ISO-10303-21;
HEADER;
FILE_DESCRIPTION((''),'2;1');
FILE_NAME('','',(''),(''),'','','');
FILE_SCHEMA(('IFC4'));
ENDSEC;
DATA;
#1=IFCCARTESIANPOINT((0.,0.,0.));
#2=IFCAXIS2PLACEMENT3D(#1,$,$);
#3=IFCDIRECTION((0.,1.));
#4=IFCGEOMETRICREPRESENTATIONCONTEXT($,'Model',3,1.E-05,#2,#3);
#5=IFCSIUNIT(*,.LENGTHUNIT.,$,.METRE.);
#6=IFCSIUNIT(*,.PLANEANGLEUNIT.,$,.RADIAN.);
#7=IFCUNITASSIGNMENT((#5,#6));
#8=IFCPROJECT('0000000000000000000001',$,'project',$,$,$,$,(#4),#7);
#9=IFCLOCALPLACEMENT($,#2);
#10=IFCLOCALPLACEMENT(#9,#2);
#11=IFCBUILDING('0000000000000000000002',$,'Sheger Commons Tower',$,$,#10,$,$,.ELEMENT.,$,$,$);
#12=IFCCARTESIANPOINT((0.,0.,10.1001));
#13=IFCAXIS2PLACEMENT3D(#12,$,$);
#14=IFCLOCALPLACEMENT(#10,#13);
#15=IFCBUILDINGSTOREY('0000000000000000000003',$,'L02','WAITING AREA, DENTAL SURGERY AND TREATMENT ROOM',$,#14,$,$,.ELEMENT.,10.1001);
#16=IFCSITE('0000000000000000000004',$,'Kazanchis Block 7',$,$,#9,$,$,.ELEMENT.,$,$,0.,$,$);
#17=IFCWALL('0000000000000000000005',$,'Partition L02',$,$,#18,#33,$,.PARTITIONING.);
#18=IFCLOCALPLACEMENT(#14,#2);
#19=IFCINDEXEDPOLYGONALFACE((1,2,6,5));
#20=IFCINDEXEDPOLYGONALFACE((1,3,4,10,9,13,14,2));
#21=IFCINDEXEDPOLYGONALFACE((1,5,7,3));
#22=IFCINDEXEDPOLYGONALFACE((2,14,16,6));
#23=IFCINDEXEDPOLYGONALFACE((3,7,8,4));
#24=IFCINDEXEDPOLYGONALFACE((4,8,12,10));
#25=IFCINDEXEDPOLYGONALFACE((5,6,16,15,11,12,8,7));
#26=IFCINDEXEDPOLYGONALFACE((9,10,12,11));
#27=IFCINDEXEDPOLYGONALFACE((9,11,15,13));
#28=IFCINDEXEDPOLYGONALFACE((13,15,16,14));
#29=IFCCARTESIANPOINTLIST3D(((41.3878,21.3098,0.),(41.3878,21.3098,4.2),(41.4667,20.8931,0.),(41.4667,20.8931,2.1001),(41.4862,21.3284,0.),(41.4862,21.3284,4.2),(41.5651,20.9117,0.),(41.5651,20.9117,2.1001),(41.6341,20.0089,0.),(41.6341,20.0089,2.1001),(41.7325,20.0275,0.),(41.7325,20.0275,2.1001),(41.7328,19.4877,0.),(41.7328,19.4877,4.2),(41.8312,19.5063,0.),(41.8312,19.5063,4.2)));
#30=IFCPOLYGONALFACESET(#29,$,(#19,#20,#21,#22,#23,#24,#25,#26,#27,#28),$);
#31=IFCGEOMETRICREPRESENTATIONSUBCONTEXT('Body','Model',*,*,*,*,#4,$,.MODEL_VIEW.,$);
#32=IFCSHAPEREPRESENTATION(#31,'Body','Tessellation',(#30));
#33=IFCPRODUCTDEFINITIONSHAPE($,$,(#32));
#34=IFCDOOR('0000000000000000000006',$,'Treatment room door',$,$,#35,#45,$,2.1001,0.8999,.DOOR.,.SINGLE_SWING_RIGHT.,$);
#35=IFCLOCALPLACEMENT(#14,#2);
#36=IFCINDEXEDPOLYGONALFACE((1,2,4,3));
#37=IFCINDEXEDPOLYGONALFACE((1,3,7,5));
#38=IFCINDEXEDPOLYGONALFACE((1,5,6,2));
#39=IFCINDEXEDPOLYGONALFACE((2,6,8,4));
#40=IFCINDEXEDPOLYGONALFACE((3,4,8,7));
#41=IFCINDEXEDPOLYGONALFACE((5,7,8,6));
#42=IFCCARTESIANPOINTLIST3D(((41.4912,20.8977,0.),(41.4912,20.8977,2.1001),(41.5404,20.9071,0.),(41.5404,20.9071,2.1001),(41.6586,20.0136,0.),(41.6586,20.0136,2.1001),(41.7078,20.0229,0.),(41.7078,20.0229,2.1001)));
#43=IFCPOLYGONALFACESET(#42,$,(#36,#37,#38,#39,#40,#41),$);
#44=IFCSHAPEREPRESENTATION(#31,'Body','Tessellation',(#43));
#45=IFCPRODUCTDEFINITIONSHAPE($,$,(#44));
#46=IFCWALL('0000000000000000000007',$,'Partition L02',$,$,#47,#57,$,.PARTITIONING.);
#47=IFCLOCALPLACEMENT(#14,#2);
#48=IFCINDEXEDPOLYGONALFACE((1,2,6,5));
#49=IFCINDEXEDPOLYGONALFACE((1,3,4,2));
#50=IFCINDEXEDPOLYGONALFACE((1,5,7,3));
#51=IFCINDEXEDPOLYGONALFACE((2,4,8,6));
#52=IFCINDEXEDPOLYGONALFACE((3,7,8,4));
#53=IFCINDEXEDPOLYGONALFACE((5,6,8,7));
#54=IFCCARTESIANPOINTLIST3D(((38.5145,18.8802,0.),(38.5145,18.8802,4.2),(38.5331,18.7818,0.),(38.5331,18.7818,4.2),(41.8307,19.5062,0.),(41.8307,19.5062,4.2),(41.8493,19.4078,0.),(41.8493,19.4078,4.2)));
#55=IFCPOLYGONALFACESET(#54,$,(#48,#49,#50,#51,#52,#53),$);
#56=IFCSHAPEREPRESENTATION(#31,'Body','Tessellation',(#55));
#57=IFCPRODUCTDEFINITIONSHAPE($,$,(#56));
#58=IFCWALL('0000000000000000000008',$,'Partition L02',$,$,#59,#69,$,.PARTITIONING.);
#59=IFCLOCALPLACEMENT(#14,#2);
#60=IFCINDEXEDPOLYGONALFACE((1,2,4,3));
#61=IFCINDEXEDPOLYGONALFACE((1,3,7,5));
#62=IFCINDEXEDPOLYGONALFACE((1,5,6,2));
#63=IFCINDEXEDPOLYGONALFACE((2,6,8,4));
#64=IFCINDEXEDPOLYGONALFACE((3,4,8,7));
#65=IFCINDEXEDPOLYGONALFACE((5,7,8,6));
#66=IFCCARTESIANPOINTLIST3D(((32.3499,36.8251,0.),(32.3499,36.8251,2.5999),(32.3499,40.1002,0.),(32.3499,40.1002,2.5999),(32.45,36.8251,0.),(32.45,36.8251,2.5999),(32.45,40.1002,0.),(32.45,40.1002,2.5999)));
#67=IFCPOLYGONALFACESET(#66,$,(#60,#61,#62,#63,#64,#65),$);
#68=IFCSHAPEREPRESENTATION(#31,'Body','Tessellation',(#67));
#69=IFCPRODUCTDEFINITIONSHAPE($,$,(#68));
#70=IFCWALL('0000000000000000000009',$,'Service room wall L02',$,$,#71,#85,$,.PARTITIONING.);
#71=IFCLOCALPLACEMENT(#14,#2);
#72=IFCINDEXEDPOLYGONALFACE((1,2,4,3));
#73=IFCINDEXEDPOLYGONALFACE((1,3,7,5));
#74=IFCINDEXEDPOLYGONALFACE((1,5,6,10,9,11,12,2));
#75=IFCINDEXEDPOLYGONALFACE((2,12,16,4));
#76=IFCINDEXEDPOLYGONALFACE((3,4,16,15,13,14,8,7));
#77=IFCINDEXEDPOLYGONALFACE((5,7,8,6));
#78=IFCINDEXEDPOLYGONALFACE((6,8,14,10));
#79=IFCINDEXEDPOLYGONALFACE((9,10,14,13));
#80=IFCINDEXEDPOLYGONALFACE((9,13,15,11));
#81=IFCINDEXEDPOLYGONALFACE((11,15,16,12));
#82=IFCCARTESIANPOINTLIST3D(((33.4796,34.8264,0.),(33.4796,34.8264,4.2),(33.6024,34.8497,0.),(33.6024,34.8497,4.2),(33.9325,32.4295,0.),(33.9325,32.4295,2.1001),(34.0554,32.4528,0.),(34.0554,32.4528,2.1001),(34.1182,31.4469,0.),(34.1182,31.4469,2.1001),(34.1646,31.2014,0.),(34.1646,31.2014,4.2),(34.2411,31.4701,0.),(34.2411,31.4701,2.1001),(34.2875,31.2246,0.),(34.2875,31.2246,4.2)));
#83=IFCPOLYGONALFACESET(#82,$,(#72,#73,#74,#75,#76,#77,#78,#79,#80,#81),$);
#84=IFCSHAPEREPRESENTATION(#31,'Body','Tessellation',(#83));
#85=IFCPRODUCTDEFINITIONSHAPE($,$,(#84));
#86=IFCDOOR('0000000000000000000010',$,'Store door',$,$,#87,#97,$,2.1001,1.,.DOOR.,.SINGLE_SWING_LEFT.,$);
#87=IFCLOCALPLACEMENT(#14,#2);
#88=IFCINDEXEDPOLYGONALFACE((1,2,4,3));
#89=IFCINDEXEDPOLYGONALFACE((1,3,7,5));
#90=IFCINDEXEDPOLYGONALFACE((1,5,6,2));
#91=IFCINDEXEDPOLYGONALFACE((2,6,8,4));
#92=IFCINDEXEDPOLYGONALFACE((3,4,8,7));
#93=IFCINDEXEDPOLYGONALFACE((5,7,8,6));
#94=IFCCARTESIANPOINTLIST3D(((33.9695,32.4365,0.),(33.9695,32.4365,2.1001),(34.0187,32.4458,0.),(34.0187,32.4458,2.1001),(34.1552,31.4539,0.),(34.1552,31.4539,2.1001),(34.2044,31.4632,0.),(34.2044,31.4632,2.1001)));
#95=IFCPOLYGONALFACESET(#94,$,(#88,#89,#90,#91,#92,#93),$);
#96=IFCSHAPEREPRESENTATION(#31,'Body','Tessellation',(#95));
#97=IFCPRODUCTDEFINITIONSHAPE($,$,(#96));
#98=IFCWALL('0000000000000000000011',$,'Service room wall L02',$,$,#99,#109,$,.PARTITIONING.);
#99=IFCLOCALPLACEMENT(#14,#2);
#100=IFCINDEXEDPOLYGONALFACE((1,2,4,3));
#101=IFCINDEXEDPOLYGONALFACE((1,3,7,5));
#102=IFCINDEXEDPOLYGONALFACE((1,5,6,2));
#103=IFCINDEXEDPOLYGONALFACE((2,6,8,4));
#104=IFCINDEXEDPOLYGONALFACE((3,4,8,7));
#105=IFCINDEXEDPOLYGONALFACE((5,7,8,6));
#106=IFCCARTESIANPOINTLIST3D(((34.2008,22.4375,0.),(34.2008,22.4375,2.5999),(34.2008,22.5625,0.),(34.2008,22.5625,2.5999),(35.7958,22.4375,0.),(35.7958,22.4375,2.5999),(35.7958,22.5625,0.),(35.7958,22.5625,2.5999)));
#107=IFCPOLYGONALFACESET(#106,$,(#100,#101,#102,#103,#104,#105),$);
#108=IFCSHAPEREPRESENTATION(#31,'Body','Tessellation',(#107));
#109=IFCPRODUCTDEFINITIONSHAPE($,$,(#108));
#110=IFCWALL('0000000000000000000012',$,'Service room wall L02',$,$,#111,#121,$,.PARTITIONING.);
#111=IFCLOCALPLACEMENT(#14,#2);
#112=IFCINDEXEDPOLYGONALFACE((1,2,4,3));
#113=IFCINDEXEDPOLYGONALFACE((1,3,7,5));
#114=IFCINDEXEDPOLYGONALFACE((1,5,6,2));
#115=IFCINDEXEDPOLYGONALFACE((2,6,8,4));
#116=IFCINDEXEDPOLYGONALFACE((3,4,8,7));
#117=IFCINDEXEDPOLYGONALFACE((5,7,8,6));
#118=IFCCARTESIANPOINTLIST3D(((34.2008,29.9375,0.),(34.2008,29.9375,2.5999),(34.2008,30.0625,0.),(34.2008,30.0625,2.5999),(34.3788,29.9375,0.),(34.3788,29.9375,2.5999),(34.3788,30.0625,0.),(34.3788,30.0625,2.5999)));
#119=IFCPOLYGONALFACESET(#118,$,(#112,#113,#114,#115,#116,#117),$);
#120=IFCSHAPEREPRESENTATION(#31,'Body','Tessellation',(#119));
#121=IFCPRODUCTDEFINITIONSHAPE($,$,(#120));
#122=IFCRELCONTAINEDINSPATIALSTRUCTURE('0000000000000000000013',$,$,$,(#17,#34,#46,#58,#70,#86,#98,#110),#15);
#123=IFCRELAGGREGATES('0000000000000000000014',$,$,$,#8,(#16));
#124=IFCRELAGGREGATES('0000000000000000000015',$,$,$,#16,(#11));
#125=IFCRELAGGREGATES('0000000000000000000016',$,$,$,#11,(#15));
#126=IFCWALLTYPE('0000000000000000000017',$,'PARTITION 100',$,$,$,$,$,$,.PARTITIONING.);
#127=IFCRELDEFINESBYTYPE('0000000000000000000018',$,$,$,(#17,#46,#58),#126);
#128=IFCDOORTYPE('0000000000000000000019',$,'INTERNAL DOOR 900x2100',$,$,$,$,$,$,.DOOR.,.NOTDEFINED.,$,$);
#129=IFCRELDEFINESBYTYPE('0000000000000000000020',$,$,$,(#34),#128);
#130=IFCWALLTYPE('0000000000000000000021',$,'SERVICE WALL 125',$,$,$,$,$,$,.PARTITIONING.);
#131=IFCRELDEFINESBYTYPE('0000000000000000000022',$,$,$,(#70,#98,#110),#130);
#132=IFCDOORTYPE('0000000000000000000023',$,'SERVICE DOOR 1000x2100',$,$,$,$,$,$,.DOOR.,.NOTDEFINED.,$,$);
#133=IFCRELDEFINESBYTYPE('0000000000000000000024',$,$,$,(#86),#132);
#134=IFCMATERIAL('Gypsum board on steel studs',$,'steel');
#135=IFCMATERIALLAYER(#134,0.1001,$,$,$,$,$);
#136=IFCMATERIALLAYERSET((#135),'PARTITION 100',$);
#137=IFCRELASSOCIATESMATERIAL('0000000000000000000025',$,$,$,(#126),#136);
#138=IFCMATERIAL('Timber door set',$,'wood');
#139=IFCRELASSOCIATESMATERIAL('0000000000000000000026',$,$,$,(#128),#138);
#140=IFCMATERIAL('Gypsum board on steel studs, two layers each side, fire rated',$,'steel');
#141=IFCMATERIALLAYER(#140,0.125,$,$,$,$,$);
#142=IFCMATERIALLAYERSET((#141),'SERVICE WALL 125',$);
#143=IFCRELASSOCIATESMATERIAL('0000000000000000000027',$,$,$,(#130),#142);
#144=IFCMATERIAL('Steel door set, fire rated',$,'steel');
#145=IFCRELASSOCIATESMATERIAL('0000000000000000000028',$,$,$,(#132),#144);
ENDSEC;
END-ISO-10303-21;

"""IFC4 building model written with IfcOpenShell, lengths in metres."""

from ifc_helpers import new_model, si_unit, direction, frame, frame_2d, origin, place, context, subcontext, project, spatial, rectangle, extrude, material, layer, layer_set, type_object, element, fill, save


model = new_model("IFC4")

# Units and contexts
model_context = context("Model", 3, precision=1e-05, world=origin(), true_north=direction((0.0, 1.0)))
body_context = subcontext(model_context, "Body", "Model", "MODEL_VIEW")
ifc_project = project(units=[si_unit("LENGTHUNIT", "METRE"), si_unit("PLANEANGLEUNIT", "RADIAN")], contexts=[model_context])

# Site, building, storey
site_placement = place(None, origin())
site = spatial("IfcSite", under=ifc_project, at=site_placement, Name="Kazanchis Block 7", CompositionType="ELEMENT", RefElevation=0.0)
building_placement = place(site_placement, origin())
building = spatial("IfcBuilding", under=site, at=building_placement, Name="Sheger Commons Tower", CompositionType="ELEMENT")
storey_placement = place(building_placement, frame((0.0, 0.0, 10.1001)))
storey = spatial("IfcBuildingStorey", under=building, at=storey_placement, Name="L02", Description="WAITING AREA, DENTAL SURGERY AND TREATMENT ROOM", CompositionType="ELEMENT", Elevation=10.1001)

# Shared definitions
ifc_material_1 = material(Name="Gypsum board on steel studs", Category="steel")
ifc_layer_1 = layer(ifc_material_1, 0.1001)
ifc_layer_set_1 = layer_set([ifc_layer_1], Name="PARTITION 100")
wall_type_1 = type_object("IfcWallType", Name="PARTITION 100", PredefinedType="PARTITIONING", material=ifc_layer_set_1)

# Wall, opening, door
wall_1_placement = place(storey_placement, frame((41.437, 21.3191, 0.0), z_axis=(0.0, 0.0, 1.0), x_axis=(0.186029, -0.982544, 0.0)))
wall_1 = element("IfcWall", 1, at=wall_1_placement, inside=storey, type_object=wall_type_1, Name="Partition L02", PredefinedType="PARTITIONING", context=body_context, shape_type="SweptSolid", body=[
    extrude(rectangle(XDim=1.8545, YDim=0.1001, at=frame_2d((0.9272, 0.0))), origin(), (0.0, 0.0, 1.0), 4.2),
])
opening_1_placement = place(wall_1_placement, frame((0.4241, 0.0, 0.0)))
opening_1 = element("IfcOpeningElement", 2, at=opening_1_placement, cuts=wall_1, PredefinedType="OPENING", context=body_context, shape_type="SweptSolid", body=[
    extrude(rectangle(XDim=0.8999, YDim=2.1001, at=frame_2d((0.45, 1.05))), frame((0.0, 0.0601, 0.0), z_axis=(0.0, -1.0, 0.0), x_axis=(1.0, 0.0, 0.0)), (0.0, 0.0, 1.0), 0.1201),
])
ifc_material_2 = material(Name="Timber door set", Category="wood")
door_type_1 = type_object("IfcDoorType", Name="INTERNAL DOOR 900x2100", OperationType="NOTDEFINED", PredefinedType="DOOR", material=ifc_material_2)
door_1_placement = place(opening_1_placement, origin())
door_1 = element("IfcDoor", 3, at=door_1_placement, inside=storey, type_object=door_type_1, Name="Treatment room door", OperationType="SINGLE_SWING_RIGHT", OverallHeight=2.1001, OverallWidth=0.8999, PredefinedType="DOOR", context=body_context, shape_type="SweptSolid", body=[
    extrude(rectangle(XDim=0.8999, YDim=2.1001, at=frame_2d((0.45, 1.05))), frame((0.0, 0.0249, 0.0), z_axis=(0.0, -1.0, 0.0), x_axis=(1.0, 0.0, 0.0)), (0.0, 0.0, 1.0), 0.05),
])
fill(opening_1, door_1)

# Walls
wall_2_placement = place(storey_placement, frame((41.8401, 19.457, 0.0), z_axis=(0.0, 0.0, 1.0), x_axis=(-0.982646, -0.18549, 0.0)))
element("IfcWall", 4, at=wall_2_placement, inside=storey, type_object=wall_type_1, Name="Partition L02", PredefinedType="PARTITIONING", context=body_context, shape_type="SweptSolid", body=[
    extrude(rectangle(XDim=3.3748, YDim=0.1001, at=frame_2d((1.6875, 0.0))), origin(), (0.0, 0.0, 1.0), 4.2),
])
wall_3_placement = place(storey_placement, frame((32.3999, 36.825, 0.0), z_axis=(0.0, 0.0, 1.0), x_axis=(0.0, 1.0, 0.0)))
element("IfcWall", 5, at=wall_3_placement, inside=storey, type_object=wall_type_1, Name="Partition L02", PredefinedType="PARTITIONING", context=body_context, shape_type="SweptSolid", body=[
    extrude(rectangle(XDim=3.2751, YDim=0.1001, at=frame_2d((1.6377, 0.0))), origin(), (0.0, 0.0, 1.0), 2.5999),
])

# Wall, opening, door
ifc_material_3 = material(Name="Gypsum board on steel studs, two layers each side, fire rated", Category="steel")
ifc_layer_2 = layer(ifc_material_3, 0.125)
ifc_layer_set_2 = layer_set([ifc_layer_2], Name="SERVICE WALL 125")
wall_type_2 = type_object("IfcWallType", Name="SERVICE WALL 125", PredefinedType="PARTITIONING", material=ifc_layer_set_2)
wall_4_placement = place(storey_placement, frame((34.2261, 31.2129, 0.0), z_axis=(0.0, 0.0, 1.0), x_axis=(-0.185695, 0.982607, 0.0)))
wall_4 = element("IfcWall", 6, at=wall_4_placement, inside=storey, type_object=wall_type_2, Name="Service room wall L02", PredefinedType="PARTITIONING", context=body_context, shape_type="SweptSolid", body=[
    extrude(rectangle(XDim=3.6892, YDim=0.125, at=frame_2d((1.8447, 0.0))), origin(), (0.0, 0.0, 1.0), 4.2),
])
opening_2_placement = place(wall_4_placement, frame((0.25, 0.0, 0.0)))
opening_2 = element("IfcOpeningElement", 7, at=opening_2_placement, cuts=wall_4, PredefinedType="OPENING", context=body_context, shape_type="SweptSolid", body=[
    extrude(rectangle(XDim=1.0, YDim=2.1001, at=frame_2d((0.5, 1.05))), frame((0.0, 0.0725, 0.0), z_axis=(0.0, -1.0, 0.0), x_axis=(1.0, 0.0, 0.0)), (0.0, 0.0, 1.0), 0.145),
])
ifc_material_4 = material(Name="Steel door set, fire rated", Category="steel")
door_type_2 = type_object("IfcDoorType", Name="SERVICE DOOR 1000x2100", OperationType="NOTDEFINED", PredefinedType="DOOR", material=ifc_material_4)
door_2_placement = place(opening_2_placement, origin())
door_2 = element("IfcDoor", 8, at=door_2_placement, inside=storey, type_object=door_type_2, Name="Store door", OperationType="SINGLE_SWING_LEFT", OverallHeight=2.1001, OverallWidth=1.0, PredefinedType="DOOR", context=body_context, shape_type="SweptSolid", body=[
    extrude(rectangle(XDim=1.0, YDim=2.1001, at=frame_2d((0.5, 1.05))), frame((0.0, 0.0249, 0.0), z_axis=(0.0, -1.0, 0.0), x_axis=(1.0, 0.0, 0.0)), (0.0, 0.0, 1.0), 0.05),
])
fill(opening_2, door_2)

# Walls
wall_5_placement = place(storey_placement, frame((34.2009, 22.5, 0.0), z_axis=(0.0, 0.0, 1.0), x_axis=(1.0, 0.0, 0.0)))
element("IfcWall", 9, at=wall_5_placement, inside=storey, type_object=wall_type_2, Name="Service room wall L02", PredefinedType="PARTITIONING", context=body_context, shape_type="SweptSolid", body=[
    extrude(rectangle(XDim=1.595, YDim=0.125, at=frame_2d((0.7974, 0.0))), origin(), (0.0, 0.0, 1.0), 2.5999),
])
wall_6_placement = place(storey_placement, frame((34.2009, 30.0, 0.0), z_axis=(0.0, 0.0, 1.0), x_axis=(1.0, 0.0, 0.0)))
element("IfcWall", 10, at=wall_6_placement, inside=storey, type_object=wall_type_2, Name="Service room wall L02", PredefinedType="PARTITIONING", context=body_context, shape_type="SweptSolid", body=[
    extrude(rectangle(XDim=0.178, YDim=0.125, at=frame_2d((0.0889, 0.0))), origin(), (0.0, 0.0, 1.0), 2.5999),
])

save(model, "model.ifc")
